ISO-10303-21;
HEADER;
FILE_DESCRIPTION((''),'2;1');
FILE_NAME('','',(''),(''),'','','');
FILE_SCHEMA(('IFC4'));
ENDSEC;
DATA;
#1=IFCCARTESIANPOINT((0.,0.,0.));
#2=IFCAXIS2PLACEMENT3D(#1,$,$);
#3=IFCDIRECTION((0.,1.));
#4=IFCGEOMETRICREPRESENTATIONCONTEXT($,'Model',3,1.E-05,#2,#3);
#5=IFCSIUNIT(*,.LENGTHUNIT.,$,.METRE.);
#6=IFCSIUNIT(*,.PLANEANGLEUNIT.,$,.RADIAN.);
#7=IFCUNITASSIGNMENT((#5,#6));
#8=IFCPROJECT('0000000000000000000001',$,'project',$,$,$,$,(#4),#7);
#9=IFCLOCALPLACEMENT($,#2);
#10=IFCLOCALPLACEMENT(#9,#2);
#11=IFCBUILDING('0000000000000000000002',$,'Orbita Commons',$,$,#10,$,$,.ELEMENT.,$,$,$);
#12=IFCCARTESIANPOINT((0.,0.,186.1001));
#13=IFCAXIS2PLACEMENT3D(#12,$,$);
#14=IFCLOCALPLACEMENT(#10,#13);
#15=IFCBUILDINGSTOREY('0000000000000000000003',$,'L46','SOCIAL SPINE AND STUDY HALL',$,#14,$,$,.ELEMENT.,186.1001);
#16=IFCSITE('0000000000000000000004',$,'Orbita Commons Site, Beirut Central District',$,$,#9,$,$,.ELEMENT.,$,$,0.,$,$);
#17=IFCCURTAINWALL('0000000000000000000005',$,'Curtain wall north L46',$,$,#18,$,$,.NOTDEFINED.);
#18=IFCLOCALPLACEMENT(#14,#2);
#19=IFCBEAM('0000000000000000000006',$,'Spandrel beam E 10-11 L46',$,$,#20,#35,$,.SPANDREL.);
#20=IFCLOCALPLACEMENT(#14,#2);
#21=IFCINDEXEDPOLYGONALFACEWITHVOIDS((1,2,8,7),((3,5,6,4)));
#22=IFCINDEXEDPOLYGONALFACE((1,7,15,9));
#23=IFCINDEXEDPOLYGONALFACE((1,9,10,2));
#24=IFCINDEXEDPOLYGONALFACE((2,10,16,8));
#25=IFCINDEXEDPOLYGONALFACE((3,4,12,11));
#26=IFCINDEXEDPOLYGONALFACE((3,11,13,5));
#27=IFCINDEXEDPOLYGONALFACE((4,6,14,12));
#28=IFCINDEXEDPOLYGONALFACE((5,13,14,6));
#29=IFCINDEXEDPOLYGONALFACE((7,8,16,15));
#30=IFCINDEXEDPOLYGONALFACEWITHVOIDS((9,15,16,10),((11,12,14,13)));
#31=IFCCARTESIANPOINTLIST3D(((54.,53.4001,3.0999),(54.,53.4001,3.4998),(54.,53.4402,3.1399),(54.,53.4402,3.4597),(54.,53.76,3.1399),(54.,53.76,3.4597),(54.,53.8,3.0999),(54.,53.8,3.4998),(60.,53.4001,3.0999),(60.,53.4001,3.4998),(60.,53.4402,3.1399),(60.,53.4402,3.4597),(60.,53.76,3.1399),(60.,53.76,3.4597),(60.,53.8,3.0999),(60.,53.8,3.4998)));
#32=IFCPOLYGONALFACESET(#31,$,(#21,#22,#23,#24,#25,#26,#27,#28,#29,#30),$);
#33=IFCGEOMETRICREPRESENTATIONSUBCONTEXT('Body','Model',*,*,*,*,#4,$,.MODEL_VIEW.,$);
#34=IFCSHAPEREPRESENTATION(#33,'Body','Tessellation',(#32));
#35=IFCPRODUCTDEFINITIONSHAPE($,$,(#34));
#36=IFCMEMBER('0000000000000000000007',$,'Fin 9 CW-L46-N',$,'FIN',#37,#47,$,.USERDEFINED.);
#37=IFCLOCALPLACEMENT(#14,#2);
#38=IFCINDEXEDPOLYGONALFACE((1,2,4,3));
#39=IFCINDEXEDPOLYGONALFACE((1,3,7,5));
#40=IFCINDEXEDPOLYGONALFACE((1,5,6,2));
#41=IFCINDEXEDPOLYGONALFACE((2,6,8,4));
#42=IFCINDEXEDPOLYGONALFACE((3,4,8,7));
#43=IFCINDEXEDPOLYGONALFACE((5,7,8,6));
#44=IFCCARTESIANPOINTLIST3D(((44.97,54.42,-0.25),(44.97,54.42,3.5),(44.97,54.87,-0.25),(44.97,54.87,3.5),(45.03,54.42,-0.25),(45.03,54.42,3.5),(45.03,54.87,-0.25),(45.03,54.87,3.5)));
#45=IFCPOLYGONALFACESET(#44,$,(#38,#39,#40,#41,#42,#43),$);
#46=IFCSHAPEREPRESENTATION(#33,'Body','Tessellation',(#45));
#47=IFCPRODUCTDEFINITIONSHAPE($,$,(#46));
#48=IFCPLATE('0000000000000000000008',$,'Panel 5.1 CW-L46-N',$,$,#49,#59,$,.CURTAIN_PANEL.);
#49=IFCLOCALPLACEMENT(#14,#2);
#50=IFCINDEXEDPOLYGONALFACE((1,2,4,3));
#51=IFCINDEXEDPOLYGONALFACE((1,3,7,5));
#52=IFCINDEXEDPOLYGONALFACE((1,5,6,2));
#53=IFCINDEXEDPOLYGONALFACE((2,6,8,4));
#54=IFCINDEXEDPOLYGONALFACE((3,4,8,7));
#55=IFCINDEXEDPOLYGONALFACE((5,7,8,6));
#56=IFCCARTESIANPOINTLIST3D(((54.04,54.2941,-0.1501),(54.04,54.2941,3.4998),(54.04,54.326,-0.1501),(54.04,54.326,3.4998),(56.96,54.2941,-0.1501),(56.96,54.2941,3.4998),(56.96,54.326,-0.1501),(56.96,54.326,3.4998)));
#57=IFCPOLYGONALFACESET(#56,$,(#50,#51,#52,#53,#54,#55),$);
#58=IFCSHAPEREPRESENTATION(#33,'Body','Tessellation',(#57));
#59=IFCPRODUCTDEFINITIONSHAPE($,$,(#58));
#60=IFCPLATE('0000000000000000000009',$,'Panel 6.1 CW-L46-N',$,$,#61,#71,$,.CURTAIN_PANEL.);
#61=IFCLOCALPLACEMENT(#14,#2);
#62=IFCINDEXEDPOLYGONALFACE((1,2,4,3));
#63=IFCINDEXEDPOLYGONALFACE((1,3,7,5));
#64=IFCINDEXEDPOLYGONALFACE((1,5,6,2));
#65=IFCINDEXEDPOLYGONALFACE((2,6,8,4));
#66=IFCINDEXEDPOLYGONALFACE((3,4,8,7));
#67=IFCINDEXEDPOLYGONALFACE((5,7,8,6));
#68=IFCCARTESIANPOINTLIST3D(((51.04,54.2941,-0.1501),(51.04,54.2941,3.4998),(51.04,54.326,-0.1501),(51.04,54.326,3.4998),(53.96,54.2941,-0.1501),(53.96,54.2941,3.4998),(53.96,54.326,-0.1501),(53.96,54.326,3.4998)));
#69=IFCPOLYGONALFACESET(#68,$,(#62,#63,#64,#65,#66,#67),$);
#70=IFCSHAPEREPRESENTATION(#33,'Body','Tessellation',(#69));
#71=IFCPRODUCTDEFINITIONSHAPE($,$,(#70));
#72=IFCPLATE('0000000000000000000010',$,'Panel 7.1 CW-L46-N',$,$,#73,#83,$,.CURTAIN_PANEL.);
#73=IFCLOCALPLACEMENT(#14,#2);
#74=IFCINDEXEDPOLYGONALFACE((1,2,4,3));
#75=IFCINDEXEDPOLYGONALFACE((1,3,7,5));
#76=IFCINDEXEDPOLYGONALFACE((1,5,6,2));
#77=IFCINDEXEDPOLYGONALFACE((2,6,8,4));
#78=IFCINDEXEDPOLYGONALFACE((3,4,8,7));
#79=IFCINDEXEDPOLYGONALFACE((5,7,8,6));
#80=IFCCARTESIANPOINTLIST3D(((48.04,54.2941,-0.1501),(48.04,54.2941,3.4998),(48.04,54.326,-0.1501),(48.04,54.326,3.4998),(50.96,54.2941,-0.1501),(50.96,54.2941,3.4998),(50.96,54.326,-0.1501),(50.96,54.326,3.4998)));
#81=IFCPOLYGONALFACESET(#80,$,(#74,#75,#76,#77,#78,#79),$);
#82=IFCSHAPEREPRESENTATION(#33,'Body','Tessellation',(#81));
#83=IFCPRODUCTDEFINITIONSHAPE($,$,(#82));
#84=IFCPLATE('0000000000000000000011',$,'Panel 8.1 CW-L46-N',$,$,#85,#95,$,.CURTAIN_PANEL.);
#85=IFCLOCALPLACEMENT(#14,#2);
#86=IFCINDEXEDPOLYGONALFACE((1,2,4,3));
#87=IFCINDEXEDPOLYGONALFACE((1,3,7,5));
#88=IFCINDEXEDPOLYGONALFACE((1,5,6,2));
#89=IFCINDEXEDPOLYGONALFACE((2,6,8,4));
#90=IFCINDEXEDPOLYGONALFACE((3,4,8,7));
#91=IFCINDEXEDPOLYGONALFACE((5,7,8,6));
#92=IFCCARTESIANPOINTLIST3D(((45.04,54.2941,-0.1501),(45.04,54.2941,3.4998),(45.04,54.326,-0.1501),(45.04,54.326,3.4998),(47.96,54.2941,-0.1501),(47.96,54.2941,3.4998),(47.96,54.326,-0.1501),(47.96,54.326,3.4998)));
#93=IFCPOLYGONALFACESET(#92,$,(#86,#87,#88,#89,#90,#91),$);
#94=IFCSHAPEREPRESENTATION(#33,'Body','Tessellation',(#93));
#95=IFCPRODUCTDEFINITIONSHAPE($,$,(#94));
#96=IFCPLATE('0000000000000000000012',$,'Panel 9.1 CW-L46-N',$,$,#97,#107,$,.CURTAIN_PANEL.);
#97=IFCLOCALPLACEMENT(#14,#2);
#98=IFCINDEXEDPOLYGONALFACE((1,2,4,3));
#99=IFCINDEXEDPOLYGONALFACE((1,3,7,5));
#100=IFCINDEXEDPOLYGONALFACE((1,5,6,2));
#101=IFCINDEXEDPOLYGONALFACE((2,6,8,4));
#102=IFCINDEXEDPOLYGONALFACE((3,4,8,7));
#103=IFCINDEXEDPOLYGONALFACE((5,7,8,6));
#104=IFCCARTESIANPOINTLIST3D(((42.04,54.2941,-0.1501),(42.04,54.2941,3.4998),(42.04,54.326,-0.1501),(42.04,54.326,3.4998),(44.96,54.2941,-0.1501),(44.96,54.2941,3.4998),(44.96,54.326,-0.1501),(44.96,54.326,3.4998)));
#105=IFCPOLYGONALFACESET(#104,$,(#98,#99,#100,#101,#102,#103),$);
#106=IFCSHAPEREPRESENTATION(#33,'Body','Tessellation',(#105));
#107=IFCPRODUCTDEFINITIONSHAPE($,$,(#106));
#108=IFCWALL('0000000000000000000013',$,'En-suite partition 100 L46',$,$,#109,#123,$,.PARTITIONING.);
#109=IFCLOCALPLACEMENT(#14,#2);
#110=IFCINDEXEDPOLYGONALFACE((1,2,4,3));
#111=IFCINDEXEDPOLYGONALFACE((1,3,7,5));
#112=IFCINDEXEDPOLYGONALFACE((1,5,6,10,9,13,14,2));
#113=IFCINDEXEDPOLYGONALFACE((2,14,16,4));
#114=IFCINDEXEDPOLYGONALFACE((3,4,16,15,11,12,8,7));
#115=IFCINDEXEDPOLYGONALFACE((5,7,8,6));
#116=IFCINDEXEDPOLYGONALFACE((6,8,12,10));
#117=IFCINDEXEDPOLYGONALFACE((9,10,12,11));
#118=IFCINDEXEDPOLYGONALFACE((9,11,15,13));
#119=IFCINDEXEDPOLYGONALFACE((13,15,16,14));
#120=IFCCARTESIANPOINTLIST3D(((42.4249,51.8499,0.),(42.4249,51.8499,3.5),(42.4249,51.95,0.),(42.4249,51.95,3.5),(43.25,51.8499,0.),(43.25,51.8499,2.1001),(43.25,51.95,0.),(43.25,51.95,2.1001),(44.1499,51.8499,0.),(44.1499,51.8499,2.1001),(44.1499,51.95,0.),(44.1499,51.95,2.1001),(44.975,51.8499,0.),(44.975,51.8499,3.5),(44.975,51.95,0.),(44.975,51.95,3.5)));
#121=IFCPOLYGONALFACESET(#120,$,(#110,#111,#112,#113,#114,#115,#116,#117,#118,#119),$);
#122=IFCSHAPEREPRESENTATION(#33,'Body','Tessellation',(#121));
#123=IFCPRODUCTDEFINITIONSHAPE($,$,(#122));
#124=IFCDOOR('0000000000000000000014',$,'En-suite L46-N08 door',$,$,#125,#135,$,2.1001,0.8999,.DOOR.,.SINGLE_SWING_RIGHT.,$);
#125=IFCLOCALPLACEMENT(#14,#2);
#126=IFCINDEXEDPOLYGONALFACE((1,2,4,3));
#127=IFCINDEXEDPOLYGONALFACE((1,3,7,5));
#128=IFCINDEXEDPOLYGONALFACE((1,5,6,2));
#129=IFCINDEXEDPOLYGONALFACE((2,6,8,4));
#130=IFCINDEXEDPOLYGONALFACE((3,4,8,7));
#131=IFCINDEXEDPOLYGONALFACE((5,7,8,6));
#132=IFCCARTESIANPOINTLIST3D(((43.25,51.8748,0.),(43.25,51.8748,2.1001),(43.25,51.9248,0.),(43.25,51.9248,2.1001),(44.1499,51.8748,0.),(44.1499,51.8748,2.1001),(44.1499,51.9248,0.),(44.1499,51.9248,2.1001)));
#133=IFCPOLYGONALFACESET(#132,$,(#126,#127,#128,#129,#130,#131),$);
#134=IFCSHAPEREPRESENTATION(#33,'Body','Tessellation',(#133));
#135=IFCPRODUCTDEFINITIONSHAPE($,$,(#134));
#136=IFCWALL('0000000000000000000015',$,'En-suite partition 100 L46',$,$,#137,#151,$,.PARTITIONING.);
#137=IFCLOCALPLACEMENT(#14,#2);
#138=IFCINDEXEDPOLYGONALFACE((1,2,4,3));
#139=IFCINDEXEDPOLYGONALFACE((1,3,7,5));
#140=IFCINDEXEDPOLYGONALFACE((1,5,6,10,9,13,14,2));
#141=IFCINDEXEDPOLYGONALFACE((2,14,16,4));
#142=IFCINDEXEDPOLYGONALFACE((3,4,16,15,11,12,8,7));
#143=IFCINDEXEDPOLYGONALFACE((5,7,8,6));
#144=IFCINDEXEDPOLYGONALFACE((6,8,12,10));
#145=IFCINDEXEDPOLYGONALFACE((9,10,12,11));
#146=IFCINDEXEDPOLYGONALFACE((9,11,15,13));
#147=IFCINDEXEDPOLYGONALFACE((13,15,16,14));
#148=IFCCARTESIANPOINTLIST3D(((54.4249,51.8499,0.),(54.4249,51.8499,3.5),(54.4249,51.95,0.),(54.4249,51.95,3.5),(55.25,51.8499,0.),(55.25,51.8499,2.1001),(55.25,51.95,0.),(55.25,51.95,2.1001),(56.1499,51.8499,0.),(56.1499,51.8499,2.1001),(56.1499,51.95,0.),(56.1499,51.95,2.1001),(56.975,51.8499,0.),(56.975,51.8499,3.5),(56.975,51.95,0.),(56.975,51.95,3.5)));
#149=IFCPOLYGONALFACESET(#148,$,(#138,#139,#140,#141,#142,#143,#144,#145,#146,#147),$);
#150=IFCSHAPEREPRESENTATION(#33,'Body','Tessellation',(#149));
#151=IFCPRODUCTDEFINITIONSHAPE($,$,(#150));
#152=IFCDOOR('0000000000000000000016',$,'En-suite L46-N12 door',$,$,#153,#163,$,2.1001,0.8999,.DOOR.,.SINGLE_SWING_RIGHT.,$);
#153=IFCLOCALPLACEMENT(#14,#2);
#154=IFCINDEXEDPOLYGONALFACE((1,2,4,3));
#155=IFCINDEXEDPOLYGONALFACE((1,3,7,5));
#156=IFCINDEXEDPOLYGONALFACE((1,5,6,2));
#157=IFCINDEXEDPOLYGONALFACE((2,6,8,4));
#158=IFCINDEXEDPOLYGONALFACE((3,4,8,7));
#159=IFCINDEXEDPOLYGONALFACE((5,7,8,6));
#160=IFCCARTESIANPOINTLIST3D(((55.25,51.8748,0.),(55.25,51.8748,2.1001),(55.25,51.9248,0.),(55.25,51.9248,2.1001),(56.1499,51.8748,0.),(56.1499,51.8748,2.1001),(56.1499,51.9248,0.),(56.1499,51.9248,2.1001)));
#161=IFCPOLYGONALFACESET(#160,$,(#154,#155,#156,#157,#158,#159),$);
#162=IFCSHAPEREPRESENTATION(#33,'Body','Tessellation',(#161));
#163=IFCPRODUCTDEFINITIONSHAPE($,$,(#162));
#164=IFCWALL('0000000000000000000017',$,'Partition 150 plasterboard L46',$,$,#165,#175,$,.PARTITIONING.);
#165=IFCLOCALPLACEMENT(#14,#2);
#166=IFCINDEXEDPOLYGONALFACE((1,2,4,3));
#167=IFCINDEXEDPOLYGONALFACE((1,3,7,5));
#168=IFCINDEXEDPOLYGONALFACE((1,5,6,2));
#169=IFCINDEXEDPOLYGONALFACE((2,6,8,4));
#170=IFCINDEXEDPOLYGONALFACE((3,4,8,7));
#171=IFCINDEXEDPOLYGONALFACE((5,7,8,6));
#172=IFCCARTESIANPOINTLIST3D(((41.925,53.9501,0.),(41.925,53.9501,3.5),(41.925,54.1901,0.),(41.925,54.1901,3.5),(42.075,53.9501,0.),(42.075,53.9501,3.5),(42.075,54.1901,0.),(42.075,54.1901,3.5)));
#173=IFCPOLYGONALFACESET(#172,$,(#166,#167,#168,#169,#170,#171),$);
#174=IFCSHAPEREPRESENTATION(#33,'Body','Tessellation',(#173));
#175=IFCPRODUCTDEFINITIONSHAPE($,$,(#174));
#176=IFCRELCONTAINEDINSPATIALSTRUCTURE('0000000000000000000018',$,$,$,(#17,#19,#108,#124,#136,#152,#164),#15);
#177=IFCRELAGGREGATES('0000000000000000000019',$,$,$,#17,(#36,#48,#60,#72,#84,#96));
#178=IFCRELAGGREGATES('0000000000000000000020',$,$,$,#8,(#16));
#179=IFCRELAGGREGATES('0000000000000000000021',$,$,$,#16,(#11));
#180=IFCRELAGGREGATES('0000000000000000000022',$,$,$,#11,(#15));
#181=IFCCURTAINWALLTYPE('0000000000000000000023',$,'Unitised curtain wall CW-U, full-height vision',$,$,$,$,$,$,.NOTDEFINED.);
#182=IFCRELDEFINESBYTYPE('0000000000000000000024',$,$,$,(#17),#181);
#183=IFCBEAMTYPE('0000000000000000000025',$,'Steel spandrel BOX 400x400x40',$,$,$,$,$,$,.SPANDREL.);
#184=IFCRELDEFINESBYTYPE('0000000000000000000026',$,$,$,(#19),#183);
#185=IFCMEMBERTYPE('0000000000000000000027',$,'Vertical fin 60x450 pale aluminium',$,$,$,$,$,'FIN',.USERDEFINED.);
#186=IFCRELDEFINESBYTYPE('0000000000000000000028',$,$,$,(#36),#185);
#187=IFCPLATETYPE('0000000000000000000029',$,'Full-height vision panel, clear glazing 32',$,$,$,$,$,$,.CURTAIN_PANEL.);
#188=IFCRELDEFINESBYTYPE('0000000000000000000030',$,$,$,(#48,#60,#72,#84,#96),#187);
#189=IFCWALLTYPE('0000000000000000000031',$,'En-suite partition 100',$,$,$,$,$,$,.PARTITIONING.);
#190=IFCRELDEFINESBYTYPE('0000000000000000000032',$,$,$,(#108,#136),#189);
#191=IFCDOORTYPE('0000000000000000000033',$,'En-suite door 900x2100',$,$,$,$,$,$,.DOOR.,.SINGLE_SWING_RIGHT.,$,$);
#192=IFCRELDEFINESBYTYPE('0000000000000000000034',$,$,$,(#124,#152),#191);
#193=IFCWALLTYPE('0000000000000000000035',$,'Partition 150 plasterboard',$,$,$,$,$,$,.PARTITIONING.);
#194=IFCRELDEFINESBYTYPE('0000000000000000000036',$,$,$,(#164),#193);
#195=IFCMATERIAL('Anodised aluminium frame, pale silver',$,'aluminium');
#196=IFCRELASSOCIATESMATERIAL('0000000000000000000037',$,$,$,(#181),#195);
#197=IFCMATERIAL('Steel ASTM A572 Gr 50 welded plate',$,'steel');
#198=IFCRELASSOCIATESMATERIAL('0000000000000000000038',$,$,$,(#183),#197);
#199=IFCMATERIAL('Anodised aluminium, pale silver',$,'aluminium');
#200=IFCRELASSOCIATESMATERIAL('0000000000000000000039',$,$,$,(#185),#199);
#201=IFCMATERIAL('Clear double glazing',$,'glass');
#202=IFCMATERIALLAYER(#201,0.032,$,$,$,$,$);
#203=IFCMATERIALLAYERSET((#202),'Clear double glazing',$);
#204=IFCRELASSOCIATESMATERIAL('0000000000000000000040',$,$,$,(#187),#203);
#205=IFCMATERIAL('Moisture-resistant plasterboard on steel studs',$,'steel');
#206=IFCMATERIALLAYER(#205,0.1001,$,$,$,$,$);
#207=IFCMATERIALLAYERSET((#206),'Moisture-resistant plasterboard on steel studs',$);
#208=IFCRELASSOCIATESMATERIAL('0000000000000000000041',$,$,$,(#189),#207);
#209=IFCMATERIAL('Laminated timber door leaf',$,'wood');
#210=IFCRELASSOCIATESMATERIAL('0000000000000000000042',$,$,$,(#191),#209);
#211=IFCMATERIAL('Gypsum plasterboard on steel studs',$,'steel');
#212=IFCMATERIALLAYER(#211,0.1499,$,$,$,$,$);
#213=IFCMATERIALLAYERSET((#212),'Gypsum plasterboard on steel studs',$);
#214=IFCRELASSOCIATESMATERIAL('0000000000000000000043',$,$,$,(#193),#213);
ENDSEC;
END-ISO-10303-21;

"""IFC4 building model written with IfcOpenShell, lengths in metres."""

from ifc_helpers import new_model, si_unit, direction, frame, frame_2d, origin, origin_2d, place, context, subcontext, project, spatial, rectangle, hollow_rectangle, extrude, material, layer, layer_set, material_profile, profile_set, type_object, element, fill, aggregate, save


model = new_model("IFC4")

# Units and contexts
model_context = context("Model", 3, precision=1e-05, world=origin(), true_north=direction((0.0, 1.0)))
body_context = subcontext(model_context, "Body", "Model", "MODEL_VIEW")
ifc_project = project(units=[si_unit("LENGTHUNIT", "METRE"), si_unit("PLANEANGLEUNIT", "RADIAN")], contexts=[model_context])

# Site, building, storey
site_placement = place(None, origin())
site = spatial("IfcSite", under=ifc_project, at=site_placement, Name="Orbita Commons Site, Beirut Central District", CompositionType="ELEMENT", RefElevation=0.0)
building_placement = place(site_placement, origin())
building = spatial("IfcBuilding", under=site, at=building_placement, Name="Orbita Commons", CompositionType="ELEMENT")
storey_placement = place(building_placement, frame((0.0, 0.0, 186.1001)))
storey = spatial("IfcBuildingStorey", under=building, at=storey_placement, Name="L46", Description="SOCIAL SPINE AND STUDY HALL", CompositionType="ELEMENT", Elevation=186.1001)

# Curtain wall
ifc_material_1 = material(Name="Anodised aluminium frame, pale silver", Category="aluminium")
curtain_wall_type = type_object("IfcCurtainWallType", Name="Unitised curtain wall CW-U, full-height vision", PredefinedType="NOTDEFINED", material=ifc_material_1)
curtain_wall_placement = place(storey_placement, origin())
curtain_wall = element("IfcCurtainWall", 1, at=curtain_wall_placement, inside=storey, type_object=curtain_wall_type, Name="Curtain wall north L46", PredefinedType="NOTDEFINED")

# Beam
ifc_material_2 = material(Name="Steel ASTM A572 Gr 50 welded plate", Category="steel")
ifc_material_profile_1 = material_profile(ifc_material_2, hollow_rectangle(XDim=0.3999, YDim=0.3999, WallThickness=0.04, at=origin_2d()), Name="BOX 400x400x40")
ifc_profile_set_1 = profile_set([ifc_material_profile_1], Name="Steel ASTM A572 Gr 50 welded plate")
beam_type = type_object("IfcBeamType", Name="Steel spandrel BOX 400x400x40", PredefinedType="SPANDREL", material=ifc_profile_set_1)
for number, where, z_axis, x_axis, name in (
    (2, (54.0, 53.6001, 3.2998), (1.0, 0.0, 0.0), (0.0, 1.0, 0.0), "Spandrel beam E 10-11 L46"),
):
    element("IfcBeam", number, at=place(storey_placement, frame(where, z_axis=z_axis, x_axis=x_axis)), inside=storey, type_object=beam_type, Name=name, PredefinedType="SPANDREL", context=body_context, shape_type="SweptSolid", body=[
        extrude(hollow_rectangle(XDim=0.3999, YDim=0.3999, WallThickness=0.04, at=origin_2d()), origin(), (0.0, 0.0, 1.0), 6.0),
    ])

# Member
ifc_material_3 = material(Name="Anodised aluminium, pale silver", Category="aluminium")
ifc_material_profile_2 = material_profile(ifc_material_3, rectangle(XDim=0.0601, YDim=0.45, at=origin_2d()), Name="FIN 60x450")
ifc_profile_set_2 = profile_set([ifc_material_profile_2], Name="Anodised aluminium, pale silver")
member_type_1 = type_object("IfcMemberType", Name="Vertical fin 60x450 pale aluminium", ElementType="FIN", PredefinedType="USERDEFINED", material=ifc_profile_set_2)
member_1_placement = place(storey_placement, frame((45.0, 54.645, -0.25), z_axis=(0.0, 0.0, 1.0), x_axis=(-1.0, 0.0, 0.0)))
member_1 = element("IfcMember", 3, at=member_1_placement, type_object=member_type_1, Name="Fin 9 CW-L46-N", ObjectType="FIN", PredefinedType="USERDEFINED", context=body_context, shape_type="SweptSolid", body=[
    extrude(rectangle(XDim=0.0601, YDim=0.45, at=origin_2d()), origin(), (0.0, 0.0, 1.0), 3.75),
])

# Plates
ifc_material_4 = material(Name="Clear double glazing", Category="glass")
ifc_layer_1 = layer(ifc_material_4, 0.032)
ifc_layer_set_1 = layer_set([ifc_layer_1], Name="Clear double glazing")
plate_type = type_object("IfcPlateType", Name="Full-height vision panel, clear glazing 32", PredefinedType="CURTAIN_PANEL", material=ifc_layer_set_1)
plate_1_placement = place(storey_placement, frame((55.5, 54.3101, -0.1501), z_axis=(0.0, 0.0, 1.0), x_axis=(-1.0, 0.0, 0.0)))
plate_1 = element("IfcPlate", 4, at=plate_1_placement, type_object=plate_type, Name="Panel 5.1 CW-L46-N", PredefinedType="CURTAIN_PANEL", context=body_context, shape_type="SweptSolid", body=[
    extrude(rectangle(XDim=2.9199, YDim=0.032, at=origin_2d()), origin(), (0.0, 0.0, 1.0), 3.6499),
])
plate_2_placement = place(storey_placement, frame((52.5, 54.3101, -0.1501), z_axis=(0.0, 0.0, 1.0), x_axis=(-1.0, 0.0, 0.0)))
plate_2 = element("IfcPlate", 5, at=plate_2_placement, type_object=plate_type, Name="Panel 6.1 CW-L46-N", PredefinedType="CURTAIN_PANEL", context=body_context, shape_type="SweptSolid", body=[
    extrude(rectangle(XDim=2.9199, YDim=0.032, at=origin_2d()), origin(), (0.0, 0.0, 1.0), 3.6499),
])
plate_3_placement = place(storey_placement, frame((49.5, 54.3101, -0.1501), z_axis=(0.0, 0.0, 1.0), x_axis=(-1.0, 0.0, 0.0)))
plate_3 = element("IfcPlate", 6, at=plate_3_placement, type_object=plate_type, Name="Panel 7.1 CW-L46-N", PredefinedType="CURTAIN_PANEL", context=body_context, shape_type="SweptSolid", body=[
    extrude(rectangle(XDim=2.9199, YDim=0.032, at=origin_2d()), origin(), (0.0, 0.0, 1.0), 3.6499),
])
plate_4_placement = place(storey_placement, frame((46.5, 54.3101, -0.1501), z_axis=(0.0, 0.0, 1.0), x_axis=(-1.0, 0.0, 0.0)))
plate_4 = element("IfcPlate", 7, at=plate_4_placement, type_object=plate_type, Name="Panel 8.1 CW-L46-N", PredefinedType="CURTAIN_PANEL", context=body_context, shape_type="SweptSolid", body=[
    extrude(rectangle(XDim=2.9199, YDim=0.032, at=origin_2d()), origin(), (0.0, 0.0, 1.0), 3.6499),
])
plate_5_placement = place(storey_placement, frame((43.5, 54.3101, -0.1501), z_axis=(0.0, 0.0, 1.0), x_axis=(-1.0, 0.0, 0.0)))
plate_5 = element("IfcPlate", 8, at=plate_5_placement, type_object=plate_type, Name="Panel 9.1 CW-L46-N", PredefinedType="CURTAIN_PANEL", context=body_context, shape_type="SweptSolid", body=[
    extrude(rectangle(XDim=2.9199, YDim=0.032, at=origin_2d()), origin(), (0.0, 0.0, 1.0), 3.6499),
])
aggregate(curtain_wall, [member_1, plate_1, plate_2, plate_3, plate_4, plate_5])

# Walls, openings, doors
ifc_material_5 = material(Name="Moisture-resistant plasterboard on steel studs", Category="steel")
ifc_layer_2 = layer(ifc_material_5, 0.1001)
ifc_layer_set_2 = layer_set([ifc_layer_2], Name="Moisture-resistant plasterboard on steel studs")
wall_type_1 = type_object("IfcWallType", Name="En-suite partition 100", PredefinedType="PARTITIONING", material=ifc_layer_set_2)
wall_1_placement = place(storey_placement, frame((42.425, 51.8999, 0.0), z_axis=(0.0, 0.0, 1.0), x_axis=(1.0, 0.0, 0.0)))
wall_1 = element("IfcWall", 9, at=wall_1_placement, inside=storey, type_object=wall_type_1, Name="En-suite partition 100 L46", PredefinedType="PARTITIONING", context=body_context, shape_type="SweptSolid", body=[
    extrude(rectangle(XDim=2.55, YDim=0.1001, at=frame_2d((1.2749, 0.0))), origin(), (0.0, 0.0, 1.0), 3.5),
])
opening_1_placement = place(wall_1_placement, frame((0.825, 0.0, 0.0)))
opening_1 = element("IfcOpeningElement", 10, at=opening_1_placement, cuts=wall_1, PredefinedType="OPENING", context=body_context, shape_type="SweptSolid", body=[
    extrude(rectangle(XDim=0.8999, YDim=2.1001, at=frame_2d((0.45, 1.05))), frame((0.0, 0.0601, 0.0), z_axis=(0.0, -1.0, 0.0), x_axis=(1.0, 0.0, 0.0)), (0.0, 0.0, 1.0), 0.1201),
])
ifc_material_6 = material(Name="Laminated timber door leaf", Category="wood")
door_type = type_object("IfcDoorType", Name="En-suite door 900x2100", OperationType="SINGLE_SWING_RIGHT", PredefinedType="DOOR", material=ifc_material_6)
door_1_placement = place(opening_1_placement, origin())
door_1 = element("IfcDoor", 11, at=door_1_placement, inside=storey, type_object=door_type, Name="En-suite L46-N08 door", OperationType="SINGLE_SWING_RIGHT", OverallHeight=2.1001, OverallWidth=0.8999, PredefinedType="DOOR", context=body_context, shape_type="SweptSolid", body=[
    extrude(rectangle(XDim=0.8999, YDim=2.1001, at=frame_2d((0.45, 1.05))), frame((0.0, 0.0249, 0.0), z_axis=(0.0, -1.0, 0.0), x_axis=(1.0, 0.0, 0.0)), (0.0, 0.0, 1.0), 0.05),
])
fill(opening_1, door_1)
wall_2_placement = place(storey_placement, frame((54.425, 51.8999, 0.0), z_axis=(0.0, 0.0, 1.0), x_axis=(1.0, 0.0, 0.0)))
wall_2 = element("IfcWall", 12, at=wall_2_placement, inside=storey, type_object=wall_type_1, Name="En-suite partition 100 L46", PredefinedType="PARTITIONING", context=body_context, shape_type="SweptSolid", body=[
    extrude(rectangle(XDim=2.55, YDim=0.1001, at=frame_2d((1.2749, 0.0))), origin(), (0.0, 0.0, 1.0), 3.5),
])
opening_2_placement = place(wall_2_placement, frame((0.825, 0.0, 0.0)))
opening_2 = element("IfcOpeningElement", 13, at=opening_2_placement, cuts=wall_2, PredefinedType="OPENING", context=body_context, shape_type="SweptSolid", body=[
    extrude(rectangle(XDim=0.8999, YDim=2.1001, at=frame_2d((0.45, 1.05))), frame((0.0, 0.0601, 0.0), z_axis=(0.0, -1.0, 0.0), x_axis=(1.0, 0.0, 0.0)), (0.0, 0.0, 1.0), 0.1201),
])
door_2_placement = place(opening_2_placement, origin())
door_2 = element("IfcDoor", 14, at=door_2_placement, inside=storey, type_object=door_type, Name="En-suite L46-N12 door", OperationType="SINGLE_SWING_RIGHT", OverallHeight=2.1001, OverallWidth=0.8999, PredefinedType="DOOR", context=body_context, shape_type="SweptSolid", body=[
    extrude(rectangle(XDim=0.8999, YDim=2.1001, at=frame_2d((0.45, 1.05))), frame((0.0, 0.0249, 0.0), z_axis=(0.0, -1.0, 0.0), x_axis=(1.0, 0.0, 0.0)), (0.0, 0.0, 1.0), 0.05),
])
fill(opening_2, door_2)

# Wall
ifc_material_7 = material(Name="Gypsum plasterboard on steel studs", Category="steel")
ifc_layer_3 = layer(ifc_material_7, 0.1499)
ifc_layer_set_3 = layer_set([ifc_layer_3], Name="Gypsum plasterboard on steel studs")
wall_type_2 = type_object("IfcWallType", Name="Partition 150 plasterboard", PredefinedType="PARTITIONING", material=ifc_layer_set_3)
for number, where, z_axis, x_axis, name in (
    (15, (42.0, 53.95, 0.0), (0.0, 0.0, 1.0), (0.0, 1.0, 0.0), "Partition 150 plasterboard L46"),
):
    element("IfcWall", number, at=place(storey_placement, frame(where, z_axis=z_axis, x_axis=x_axis)), inside=storey, type_object=wall_type_2, Name=name, PredefinedType="PARTITIONING", context=body_context, shape_type="SweptSolid", body=[
        extrude(rectangle(XDim=0.24, YDim=0.1499, at=frame_2d((0.1201, 0.0))), origin(), (0.0, 0.0, 1.0), 3.5),
    ])

save(model, "model.ifc")
